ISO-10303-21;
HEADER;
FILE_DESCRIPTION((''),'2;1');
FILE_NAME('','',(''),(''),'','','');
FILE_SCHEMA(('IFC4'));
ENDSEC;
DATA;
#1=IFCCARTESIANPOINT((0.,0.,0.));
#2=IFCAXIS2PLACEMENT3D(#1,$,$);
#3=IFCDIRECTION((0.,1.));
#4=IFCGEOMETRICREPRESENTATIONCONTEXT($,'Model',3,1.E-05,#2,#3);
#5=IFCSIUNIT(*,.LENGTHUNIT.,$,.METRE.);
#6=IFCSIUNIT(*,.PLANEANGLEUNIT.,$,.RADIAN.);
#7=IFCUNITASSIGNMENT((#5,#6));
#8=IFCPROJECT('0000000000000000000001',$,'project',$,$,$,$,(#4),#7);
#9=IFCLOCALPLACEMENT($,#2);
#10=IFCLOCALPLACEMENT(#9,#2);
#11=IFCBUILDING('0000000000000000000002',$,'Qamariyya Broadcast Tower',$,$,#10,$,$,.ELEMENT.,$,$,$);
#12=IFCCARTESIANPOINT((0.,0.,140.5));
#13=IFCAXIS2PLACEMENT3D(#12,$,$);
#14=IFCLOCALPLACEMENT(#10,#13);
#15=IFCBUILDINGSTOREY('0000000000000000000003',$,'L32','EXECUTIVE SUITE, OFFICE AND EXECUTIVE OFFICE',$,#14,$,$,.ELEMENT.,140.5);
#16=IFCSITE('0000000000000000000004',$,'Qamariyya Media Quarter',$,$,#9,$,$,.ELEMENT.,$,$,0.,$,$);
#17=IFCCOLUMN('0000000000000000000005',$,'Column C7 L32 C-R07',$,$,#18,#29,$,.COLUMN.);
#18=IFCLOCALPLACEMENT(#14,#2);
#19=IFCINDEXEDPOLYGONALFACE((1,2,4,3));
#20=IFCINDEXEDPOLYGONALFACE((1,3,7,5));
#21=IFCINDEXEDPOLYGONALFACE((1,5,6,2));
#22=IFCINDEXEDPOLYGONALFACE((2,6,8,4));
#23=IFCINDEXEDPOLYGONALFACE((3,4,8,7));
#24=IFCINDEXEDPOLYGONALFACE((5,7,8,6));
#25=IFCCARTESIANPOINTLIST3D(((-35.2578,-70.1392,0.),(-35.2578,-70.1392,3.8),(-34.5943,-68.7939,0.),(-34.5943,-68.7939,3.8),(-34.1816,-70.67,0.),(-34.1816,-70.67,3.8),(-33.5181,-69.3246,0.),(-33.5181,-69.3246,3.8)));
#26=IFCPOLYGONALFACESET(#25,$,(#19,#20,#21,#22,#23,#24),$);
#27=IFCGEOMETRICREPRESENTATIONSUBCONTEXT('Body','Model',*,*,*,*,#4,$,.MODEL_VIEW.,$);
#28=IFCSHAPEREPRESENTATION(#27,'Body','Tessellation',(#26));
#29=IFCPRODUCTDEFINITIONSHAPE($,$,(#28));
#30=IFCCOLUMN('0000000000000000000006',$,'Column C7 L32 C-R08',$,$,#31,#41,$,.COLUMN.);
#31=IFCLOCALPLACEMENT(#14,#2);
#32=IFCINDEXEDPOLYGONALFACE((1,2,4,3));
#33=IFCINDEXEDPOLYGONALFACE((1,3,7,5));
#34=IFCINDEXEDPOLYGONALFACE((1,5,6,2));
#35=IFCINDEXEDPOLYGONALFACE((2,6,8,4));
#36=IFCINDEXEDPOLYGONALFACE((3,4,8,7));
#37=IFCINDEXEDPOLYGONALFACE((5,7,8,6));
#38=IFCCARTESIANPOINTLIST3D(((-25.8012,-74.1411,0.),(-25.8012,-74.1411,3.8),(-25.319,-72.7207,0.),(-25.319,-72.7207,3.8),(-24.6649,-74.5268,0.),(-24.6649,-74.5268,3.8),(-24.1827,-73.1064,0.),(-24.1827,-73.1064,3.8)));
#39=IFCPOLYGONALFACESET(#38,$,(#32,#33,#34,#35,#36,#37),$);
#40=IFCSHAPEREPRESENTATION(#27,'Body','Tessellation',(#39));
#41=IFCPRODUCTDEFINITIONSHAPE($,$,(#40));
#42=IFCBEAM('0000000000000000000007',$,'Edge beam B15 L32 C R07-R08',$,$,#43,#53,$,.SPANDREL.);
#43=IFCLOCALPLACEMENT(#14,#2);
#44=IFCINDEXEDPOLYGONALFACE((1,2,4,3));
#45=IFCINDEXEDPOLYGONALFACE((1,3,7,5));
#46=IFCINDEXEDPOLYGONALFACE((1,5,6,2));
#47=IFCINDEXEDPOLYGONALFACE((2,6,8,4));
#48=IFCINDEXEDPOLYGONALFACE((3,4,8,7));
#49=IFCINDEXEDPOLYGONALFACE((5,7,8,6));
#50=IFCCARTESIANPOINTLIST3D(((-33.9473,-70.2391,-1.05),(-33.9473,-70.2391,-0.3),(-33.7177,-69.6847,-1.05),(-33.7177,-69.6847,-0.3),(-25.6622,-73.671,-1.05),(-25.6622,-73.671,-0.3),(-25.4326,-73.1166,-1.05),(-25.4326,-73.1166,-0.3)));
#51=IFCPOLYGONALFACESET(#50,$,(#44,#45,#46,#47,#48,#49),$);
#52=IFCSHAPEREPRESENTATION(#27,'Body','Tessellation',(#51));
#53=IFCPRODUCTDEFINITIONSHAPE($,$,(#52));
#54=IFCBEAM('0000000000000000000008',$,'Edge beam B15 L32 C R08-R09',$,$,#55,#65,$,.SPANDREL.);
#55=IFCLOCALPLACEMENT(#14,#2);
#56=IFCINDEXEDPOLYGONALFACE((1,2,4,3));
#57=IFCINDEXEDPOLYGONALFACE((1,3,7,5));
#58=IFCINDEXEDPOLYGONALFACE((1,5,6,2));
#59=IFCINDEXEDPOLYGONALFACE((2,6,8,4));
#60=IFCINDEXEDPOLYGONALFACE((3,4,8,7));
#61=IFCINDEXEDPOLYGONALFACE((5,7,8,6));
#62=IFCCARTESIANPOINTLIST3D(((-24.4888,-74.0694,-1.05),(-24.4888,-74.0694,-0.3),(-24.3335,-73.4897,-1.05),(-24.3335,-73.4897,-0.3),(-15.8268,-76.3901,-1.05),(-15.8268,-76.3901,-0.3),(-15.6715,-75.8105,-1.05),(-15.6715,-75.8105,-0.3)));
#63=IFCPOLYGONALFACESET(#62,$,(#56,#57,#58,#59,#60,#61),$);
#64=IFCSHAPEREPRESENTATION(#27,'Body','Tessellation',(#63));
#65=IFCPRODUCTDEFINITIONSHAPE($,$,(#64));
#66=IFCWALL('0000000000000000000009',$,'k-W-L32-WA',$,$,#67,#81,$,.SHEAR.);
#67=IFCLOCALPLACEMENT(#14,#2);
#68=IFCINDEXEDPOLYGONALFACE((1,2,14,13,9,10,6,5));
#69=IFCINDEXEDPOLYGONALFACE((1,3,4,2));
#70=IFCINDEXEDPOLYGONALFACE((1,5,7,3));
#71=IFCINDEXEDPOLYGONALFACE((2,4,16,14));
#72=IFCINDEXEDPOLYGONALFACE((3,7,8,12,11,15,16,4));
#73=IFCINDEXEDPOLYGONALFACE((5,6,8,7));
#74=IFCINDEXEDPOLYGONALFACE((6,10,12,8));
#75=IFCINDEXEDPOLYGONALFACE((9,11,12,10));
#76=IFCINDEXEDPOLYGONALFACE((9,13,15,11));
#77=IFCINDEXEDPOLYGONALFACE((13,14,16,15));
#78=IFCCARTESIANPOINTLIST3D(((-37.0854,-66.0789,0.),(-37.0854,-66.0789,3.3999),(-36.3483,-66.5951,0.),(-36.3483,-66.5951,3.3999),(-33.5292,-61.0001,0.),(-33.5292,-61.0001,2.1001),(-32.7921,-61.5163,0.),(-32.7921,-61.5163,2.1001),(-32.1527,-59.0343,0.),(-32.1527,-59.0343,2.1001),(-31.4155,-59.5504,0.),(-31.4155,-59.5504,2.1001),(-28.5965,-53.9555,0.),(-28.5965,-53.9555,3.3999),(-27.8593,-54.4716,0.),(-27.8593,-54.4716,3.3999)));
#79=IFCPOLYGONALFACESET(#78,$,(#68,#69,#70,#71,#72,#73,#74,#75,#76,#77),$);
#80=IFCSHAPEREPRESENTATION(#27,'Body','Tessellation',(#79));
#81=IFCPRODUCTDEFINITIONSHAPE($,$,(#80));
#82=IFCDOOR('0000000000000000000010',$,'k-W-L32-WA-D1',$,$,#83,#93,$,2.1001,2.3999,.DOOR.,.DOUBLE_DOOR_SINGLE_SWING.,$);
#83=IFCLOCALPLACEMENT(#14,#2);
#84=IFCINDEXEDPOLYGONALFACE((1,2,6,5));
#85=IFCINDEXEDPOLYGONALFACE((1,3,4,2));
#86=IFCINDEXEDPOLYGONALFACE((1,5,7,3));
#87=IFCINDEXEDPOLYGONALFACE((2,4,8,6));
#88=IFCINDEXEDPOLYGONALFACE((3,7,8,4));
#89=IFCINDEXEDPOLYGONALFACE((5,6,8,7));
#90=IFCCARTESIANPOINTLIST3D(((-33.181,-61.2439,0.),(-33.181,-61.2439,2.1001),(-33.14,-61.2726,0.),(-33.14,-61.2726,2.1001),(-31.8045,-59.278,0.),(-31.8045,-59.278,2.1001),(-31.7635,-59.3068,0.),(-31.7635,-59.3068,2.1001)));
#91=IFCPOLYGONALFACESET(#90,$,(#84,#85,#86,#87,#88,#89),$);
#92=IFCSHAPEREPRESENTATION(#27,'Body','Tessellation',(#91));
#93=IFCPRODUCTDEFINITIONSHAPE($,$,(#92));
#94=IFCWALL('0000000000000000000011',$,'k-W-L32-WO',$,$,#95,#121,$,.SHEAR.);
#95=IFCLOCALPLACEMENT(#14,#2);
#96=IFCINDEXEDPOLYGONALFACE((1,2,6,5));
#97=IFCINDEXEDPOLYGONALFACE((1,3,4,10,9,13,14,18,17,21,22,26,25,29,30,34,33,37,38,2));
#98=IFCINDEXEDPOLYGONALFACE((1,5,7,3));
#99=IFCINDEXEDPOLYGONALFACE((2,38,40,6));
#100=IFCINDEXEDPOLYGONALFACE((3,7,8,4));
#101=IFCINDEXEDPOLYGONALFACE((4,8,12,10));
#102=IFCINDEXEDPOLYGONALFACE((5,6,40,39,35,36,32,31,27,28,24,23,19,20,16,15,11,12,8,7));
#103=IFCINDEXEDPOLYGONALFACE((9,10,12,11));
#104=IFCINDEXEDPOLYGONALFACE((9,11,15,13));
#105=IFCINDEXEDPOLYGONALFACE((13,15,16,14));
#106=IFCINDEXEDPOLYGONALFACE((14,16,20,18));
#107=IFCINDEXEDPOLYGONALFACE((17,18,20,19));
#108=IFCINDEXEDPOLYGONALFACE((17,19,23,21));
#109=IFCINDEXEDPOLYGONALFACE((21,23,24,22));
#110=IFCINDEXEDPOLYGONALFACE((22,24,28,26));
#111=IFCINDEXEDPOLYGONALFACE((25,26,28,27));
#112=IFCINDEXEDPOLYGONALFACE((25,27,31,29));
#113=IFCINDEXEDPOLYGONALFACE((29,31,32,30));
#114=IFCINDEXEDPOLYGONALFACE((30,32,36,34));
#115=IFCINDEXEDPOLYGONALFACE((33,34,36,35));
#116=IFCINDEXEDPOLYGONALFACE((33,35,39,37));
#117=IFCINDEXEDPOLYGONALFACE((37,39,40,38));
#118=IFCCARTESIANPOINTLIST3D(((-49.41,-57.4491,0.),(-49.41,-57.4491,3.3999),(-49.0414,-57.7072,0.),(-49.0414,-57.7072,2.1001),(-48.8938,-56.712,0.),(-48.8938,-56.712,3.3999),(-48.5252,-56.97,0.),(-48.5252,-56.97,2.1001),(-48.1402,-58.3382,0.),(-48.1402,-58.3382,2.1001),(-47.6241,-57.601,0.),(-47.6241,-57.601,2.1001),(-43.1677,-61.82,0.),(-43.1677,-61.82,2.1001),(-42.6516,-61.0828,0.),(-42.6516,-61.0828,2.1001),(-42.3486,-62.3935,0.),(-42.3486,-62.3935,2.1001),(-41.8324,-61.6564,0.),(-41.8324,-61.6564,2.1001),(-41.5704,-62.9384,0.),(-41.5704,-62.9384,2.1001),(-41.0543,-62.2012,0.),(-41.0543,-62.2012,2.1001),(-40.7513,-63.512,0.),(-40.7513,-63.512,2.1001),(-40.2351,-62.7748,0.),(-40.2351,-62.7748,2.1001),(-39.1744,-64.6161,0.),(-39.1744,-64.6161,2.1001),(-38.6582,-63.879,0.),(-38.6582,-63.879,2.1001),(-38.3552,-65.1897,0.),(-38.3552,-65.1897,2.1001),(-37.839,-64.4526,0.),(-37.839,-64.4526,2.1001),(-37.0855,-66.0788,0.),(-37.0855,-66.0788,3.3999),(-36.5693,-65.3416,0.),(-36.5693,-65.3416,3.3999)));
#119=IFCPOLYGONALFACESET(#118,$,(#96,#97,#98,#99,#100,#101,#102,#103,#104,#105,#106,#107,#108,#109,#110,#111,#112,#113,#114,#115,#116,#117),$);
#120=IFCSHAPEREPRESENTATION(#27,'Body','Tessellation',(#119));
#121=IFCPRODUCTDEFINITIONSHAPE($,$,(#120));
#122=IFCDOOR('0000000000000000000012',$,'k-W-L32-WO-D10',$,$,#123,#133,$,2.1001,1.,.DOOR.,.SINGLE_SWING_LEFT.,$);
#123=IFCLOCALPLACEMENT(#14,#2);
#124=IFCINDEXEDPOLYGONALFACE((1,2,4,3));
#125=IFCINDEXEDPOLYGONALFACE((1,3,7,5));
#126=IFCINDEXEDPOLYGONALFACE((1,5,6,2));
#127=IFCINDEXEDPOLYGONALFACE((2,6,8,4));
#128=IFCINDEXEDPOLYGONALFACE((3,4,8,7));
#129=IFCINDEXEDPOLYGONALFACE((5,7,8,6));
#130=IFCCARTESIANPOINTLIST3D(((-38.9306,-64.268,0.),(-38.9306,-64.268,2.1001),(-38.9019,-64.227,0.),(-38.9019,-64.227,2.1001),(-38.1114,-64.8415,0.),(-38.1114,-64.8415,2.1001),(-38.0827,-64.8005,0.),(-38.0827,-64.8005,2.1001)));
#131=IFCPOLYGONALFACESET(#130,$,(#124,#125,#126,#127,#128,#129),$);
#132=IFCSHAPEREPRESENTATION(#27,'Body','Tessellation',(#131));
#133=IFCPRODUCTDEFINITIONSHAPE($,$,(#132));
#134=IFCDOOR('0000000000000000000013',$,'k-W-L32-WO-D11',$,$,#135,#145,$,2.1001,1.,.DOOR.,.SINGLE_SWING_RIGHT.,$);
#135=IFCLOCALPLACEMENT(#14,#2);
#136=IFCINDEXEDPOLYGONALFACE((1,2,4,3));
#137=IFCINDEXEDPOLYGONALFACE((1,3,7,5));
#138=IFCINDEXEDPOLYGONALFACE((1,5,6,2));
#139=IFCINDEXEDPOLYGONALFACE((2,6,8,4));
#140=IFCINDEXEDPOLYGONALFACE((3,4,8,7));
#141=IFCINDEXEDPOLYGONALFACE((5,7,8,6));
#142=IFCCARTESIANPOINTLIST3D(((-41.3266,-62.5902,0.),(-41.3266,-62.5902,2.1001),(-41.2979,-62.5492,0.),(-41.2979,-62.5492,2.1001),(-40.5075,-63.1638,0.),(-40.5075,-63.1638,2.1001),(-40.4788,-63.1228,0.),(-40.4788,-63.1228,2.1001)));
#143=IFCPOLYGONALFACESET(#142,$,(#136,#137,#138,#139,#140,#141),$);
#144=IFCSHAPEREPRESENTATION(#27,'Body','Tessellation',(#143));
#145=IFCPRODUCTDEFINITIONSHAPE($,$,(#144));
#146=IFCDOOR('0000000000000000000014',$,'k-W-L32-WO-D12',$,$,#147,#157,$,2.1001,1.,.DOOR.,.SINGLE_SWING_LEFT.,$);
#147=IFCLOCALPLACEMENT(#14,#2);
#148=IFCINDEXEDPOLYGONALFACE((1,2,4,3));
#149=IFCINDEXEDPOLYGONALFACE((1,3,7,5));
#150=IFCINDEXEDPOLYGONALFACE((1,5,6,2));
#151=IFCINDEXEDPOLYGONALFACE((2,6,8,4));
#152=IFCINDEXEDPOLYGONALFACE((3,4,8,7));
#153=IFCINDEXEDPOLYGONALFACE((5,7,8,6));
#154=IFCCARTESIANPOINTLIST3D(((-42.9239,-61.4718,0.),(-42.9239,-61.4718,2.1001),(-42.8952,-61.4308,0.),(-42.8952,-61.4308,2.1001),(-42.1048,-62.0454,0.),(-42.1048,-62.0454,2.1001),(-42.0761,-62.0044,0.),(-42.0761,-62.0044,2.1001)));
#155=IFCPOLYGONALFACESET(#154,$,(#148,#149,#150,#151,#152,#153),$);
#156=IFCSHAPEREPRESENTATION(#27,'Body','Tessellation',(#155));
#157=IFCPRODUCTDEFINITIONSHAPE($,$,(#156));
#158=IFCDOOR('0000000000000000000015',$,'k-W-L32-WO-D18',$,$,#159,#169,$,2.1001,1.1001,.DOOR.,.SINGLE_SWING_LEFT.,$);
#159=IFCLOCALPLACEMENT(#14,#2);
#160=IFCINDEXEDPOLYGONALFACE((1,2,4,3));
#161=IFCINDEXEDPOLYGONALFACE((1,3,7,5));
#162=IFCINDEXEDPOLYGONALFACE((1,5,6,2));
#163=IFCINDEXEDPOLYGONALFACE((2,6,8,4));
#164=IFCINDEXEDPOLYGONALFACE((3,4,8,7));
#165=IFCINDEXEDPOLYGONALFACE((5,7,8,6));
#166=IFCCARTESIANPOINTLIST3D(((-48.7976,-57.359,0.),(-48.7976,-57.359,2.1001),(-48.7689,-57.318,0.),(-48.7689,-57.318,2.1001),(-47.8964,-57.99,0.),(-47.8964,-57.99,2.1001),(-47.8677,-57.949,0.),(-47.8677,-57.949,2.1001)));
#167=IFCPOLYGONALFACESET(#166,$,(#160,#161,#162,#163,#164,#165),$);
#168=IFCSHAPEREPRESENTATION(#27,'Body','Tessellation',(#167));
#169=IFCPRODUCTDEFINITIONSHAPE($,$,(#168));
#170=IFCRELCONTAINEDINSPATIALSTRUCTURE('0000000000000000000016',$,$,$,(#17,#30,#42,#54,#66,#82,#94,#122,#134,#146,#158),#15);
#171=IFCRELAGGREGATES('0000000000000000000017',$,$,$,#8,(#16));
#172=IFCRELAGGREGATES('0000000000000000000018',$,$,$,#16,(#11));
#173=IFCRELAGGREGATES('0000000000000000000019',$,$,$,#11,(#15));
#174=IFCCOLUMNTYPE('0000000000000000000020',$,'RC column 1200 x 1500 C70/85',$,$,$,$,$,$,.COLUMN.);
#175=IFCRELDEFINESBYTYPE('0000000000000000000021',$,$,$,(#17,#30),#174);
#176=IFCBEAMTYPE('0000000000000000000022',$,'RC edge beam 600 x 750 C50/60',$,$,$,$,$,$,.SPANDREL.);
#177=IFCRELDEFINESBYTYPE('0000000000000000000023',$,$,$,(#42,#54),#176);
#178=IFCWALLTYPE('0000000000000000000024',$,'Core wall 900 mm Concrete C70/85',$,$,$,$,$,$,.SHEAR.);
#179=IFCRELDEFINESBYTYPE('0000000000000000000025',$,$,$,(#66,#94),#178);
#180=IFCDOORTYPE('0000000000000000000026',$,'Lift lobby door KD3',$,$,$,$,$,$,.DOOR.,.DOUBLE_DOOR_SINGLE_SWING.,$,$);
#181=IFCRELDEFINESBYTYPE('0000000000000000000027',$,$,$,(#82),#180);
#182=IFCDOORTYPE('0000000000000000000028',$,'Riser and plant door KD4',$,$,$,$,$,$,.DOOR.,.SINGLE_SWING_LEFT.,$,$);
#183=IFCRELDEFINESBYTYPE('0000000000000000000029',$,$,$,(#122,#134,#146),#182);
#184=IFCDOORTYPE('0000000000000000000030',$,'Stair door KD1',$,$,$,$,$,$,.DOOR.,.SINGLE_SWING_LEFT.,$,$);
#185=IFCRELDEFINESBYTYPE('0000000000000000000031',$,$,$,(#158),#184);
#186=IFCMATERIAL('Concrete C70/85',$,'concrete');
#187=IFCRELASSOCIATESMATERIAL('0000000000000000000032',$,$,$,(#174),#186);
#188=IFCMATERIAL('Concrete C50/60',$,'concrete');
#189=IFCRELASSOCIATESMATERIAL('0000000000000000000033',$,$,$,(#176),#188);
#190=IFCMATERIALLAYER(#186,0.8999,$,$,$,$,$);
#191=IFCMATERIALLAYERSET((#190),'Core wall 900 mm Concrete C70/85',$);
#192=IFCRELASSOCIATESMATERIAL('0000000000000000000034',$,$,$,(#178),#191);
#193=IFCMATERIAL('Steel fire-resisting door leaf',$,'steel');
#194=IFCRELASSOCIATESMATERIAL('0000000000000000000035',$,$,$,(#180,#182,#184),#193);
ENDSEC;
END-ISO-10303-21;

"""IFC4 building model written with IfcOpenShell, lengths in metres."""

from ifc_helpers import new_model, si_unit, direction, frame, frame_2d, origin, origin_2d, place, context, subcontext, project, spatial, rectangle, extrude, material, layer, layer_set, material_profile, profile_set, type_object, element, fill, save


model = new_model("IFC4")

# Units and contexts
model_context = context("Model", 3, precision=1e-05, world=origin(), true_north=direction((0.0, 1.0)))
body_context = subcontext(model_context, "Body", "Model", "MODEL_VIEW")
ifc_project = project(units=[si_unit("LENGTHUNIT", "METRE"), si_unit("PLANEANGLEUNIT", "RADIAN")], contexts=[model_context])

# Site, building, storey
site_placement = place(None, origin())
site = spatial("IfcSite", under=ifc_project, at=site_placement, Name="Qamariyya Media Quarter", CompositionType="ELEMENT", RefElevation=0.0)
building_placement = place(site_placement, origin())
building = spatial("IfcBuilding", under=site, at=building_placement, Name="Qamariyya Broadcast Tower", CompositionType="ELEMENT")
storey_placement = place(building_placement, frame((0.0, 0.0, 140.5)))
storey = spatial("IfcBuildingStorey", under=building, at=storey_placement, Name="L32", Description="EXECUTIVE SUITE, OFFICE AND EXECUTIVE OFFICE", CompositionType="ELEMENT", Elevation=140.5)

# Columns
ifc_material_1 = material(Name="Concrete C70/85", Category="concrete")
ifc_material_profile_1 = material_profile(ifc_material_1, rectangle(XDim=1.2, YDim=1.5, at=origin_2d()))
ifc_profile_set_1 = profile_set([ifc_material_profile_1], Name="Concrete C70/85")
column_type = type_object("IfcColumnType", Name="RC column 1200 x 1500 C70/85", PredefinedType="COLUMN", material=ifc_profile_set_1)
for number, where, z_axis, x_axis, name in (
    (1, (-34.3879, -69.7319, 0.0), (0.0, 0.0, 1.0), (0.896873, -0.442289, 0.0), "Column C7 L32 C-R07"),
    (2, (-24.9919, -73.6238, 0.0), (0.0, 0.0, 1.0), (0.94693, -0.321439, 0.0), "Column C7 L32 C-R08"),
):
    element("IfcColumn", number, at=place(storey_placement, frame(where, z_axis=z_axis, x_axis=x_axis)), inside=storey, type_object=column_type, Name=name, PredefinedType="COLUMN", context=body_context, shape_type="SweptSolid", body=[
        extrude(rectangle(XDim=1.2, YDim=1.5, at=origin_2d()), origin(), (0.0, 0.0, 1.0), 3.8),
    ])

# Beams
ifc_material_2 = material(Name="Concrete C50/60", Category="concrete")
ifc_material_profile_2 = material_profile(ifc_material_2, rectangle(XDim=0.6001, YDim=0.75, at=origin_2d()))
ifc_profile_set_2 = profile_set([ifc_material_profile_2], Name="Concrete C50/60")
beam_type = type_object("IfcBeamType", Name="RC edge beam 600 x 750 C50/60", PredefinedType="SPANDREL", material=ifc_profile_set_2)
beam_1_placement = place(storey_placement, frame((-33.8325, -69.9619, -0.675), z_axis=(0.923877, -0.382689, 0.0), x_axis=(0.382689, 0.923877, 0.0)))
element("IfcBeam", 3, at=beam_1_placement, inside=storey, type_object=beam_type, Name="Edge beam B15 L32 C R07-R08", PredefinedType="SPANDREL", context=body_context, shape_type="SweptSolid", body=[
    extrude(rectangle(XDim=0.6001, YDim=0.75, at=origin_2d()), origin(), (0.0, 0.0, 1.0), 8.9678),
])
beam_2_placement = place(storey_placement, frame((-24.4111, -73.7795, -0.675), z_axis=(0.965932, -0.258798, 0.0), x_axis=(0.258798, 0.965932, 0.0)))
element("IfcBeam", 4, at=beam_2_placement, inside=storey, type_object=beam_type, Name="Edge beam B15 L32 C R08-R09", PredefinedType="SPANDREL", context=body_context, shape_type="SweptSolid", body=[
    extrude(rectangle(XDim=0.6001, YDim=0.75, at=origin_2d()), origin(), (0.0, 0.0, 1.0), 8.9675),
])

# Wall, opening, door
ifc_layer_1 = layer(ifc_material_1, 0.8999)
ifc_layer_set_1 = layer_set([ifc_layer_1], Name="Core wall 900 mm Concrete C70/85")
wall_type_1 = type_object("IfcWallType", Name="Core wall 900 mm Concrete C70/85", PredefinedType="SHEAR", material=ifc_layer_set_1)
wall_1_placement = place(storey_placement, frame((-36.7168, -66.3369, 0.0), z_axis=(0.0, 0.0, 1.0), x_axis=(0.573577, 0.819151, 0.0)))
wall_1 = element("IfcWall", 5, at=wall_1_placement, inside=storey, type_object=wall_type_1, Name="k-W-L32-WA", PredefinedType="SHEAR", context=body_context, shape_type="SweptSolid", body=[
    extrude(rectangle(XDim=14.8, YDim=0.8999, at=frame_2d((7.3999, 0.0))), origin(), (0.0, 0.0, 1.0), 3.3999),
])
opening_1_placement = place(wall_1_placement, frame((6.2, 0.0, 0.0)))
opening_1 = element("IfcOpeningElement", 6, at=opening_1_placement, cuts=wall_1, PredefinedType="OPENING", context=body_context, shape_type="SweptSolid", body=[
    extrude(rectangle(XDim=2.3999, YDim=2.1001, at=frame_2d((1.2, 1.05))), frame((0.0, 0.46, 0.0), z_axis=(0.0, -1.0, 0.0), x_axis=(1.0, 0.0, 0.0)), (0.0, 0.0, 1.0), 0.9199),
])
ifc_material_3 = material(Name="Steel fire-resisting door leaf", Category="steel")
door_type_1 = type_object("IfcDoorType", Name="Lift lobby door KD3", OperationType="DOUBLE_DOOR_SINGLE_SWING", PredefinedType="DOOR", material=ifc_material_3)
door_1_placement = place(opening_1_placement, origin())
door_1 = element("IfcDoor", 7, at=door_1_placement, inside=storey, type_object=door_type_1, Name="k-W-L32-WA-D1", OperationType="DOUBLE_DOOR_SINGLE_SWING", OverallHeight=2.1001, OverallWidth=2.3999, PredefinedType="DOOR", context=body_context, shape_type="SweptSolid", body=[
    extrude(rectangle(XDim=2.3999, YDim=2.1001, at=frame_2d((1.2, 1.05))), frame((0.0, 0.0249, 0.0), z_axis=(0.0, -1.0, 0.0), x_axis=(1.0, 0.0, 0.0)), (0.0, 0.0, 1.0), 0.05),
])
fill(opening_1, door_1)

# Wall, openings, doors
wall_2_placement = place(storey_placement, frame((-36.8274, -65.7102, 0.0), z_axis=(0.0, 0.0, 1.0), x_axis=(-0.819153, 0.573575, 0.0)))
wall_2 = element("IfcWall", 8, at=wall_2_placement, inside=storey, type_object=wall_type_1, Name="k-W-L32-WO", PredefinedType="SHEAR", context=body_context, shape_type="SweptSolid", body=[
    extrude(rectangle(XDim=15.0454, YDim=0.8999, at=frame_2d((7.5227, 0.0))), origin(), (0.0, 0.0, 1.0), 3.3999),
])
opening_2_placement = place(wall_2_placement, frame((1.55, 0.0, 0.0)))
opening_2 = element("IfcOpeningElement", 9, at=opening_2_placement, cuts=wall_2, PredefinedType="OPENING", context=body_context, shape_type="SweptSolid", body=[
    extrude(rectangle(XDim=1.0, YDim=2.1001, at=frame_2d((0.5, 1.05))), frame((0.0, 0.46, 0.0), z_axis=(0.0, -1.0, 0.0), x_axis=(1.0, 0.0, 0.0)), (0.0, 0.0, 1.0), 0.9199),
])
opening_3_placement = place(wall_2_placement, frame((4.4751, 0.0, 0.0)))
opening_3 = element("IfcOpeningElement", 10, at=opening_3_placement, cuts=wall_2, PredefinedType="OPENING", context=body_context, shape_type="SweptSolid", body=[
    extrude(rectangle(XDim=1.0, YDim=2.1001, at=frame_2d((0.5, 1.05))), frame((0.0, 0.46, 0.0), z_axis=(0.0, -1.0, 0.0), x_axis=(1.0, 0.0, 0.0)), (0.0, 0.0, 1.0), 0.9199),
])
opening_4_placement = place(wall_2_placement, frame((6.425, 0.0, 0.0)))
opening_4 = element("IfcOpeningElement", 11, at=opening_4_placement, cuts=wall_2, PredefinedType="OPENING", context=body_context, shape_type="SweptSolid", body=[
    extrude(rectangle(XDim=1.0, YDim=2.1001, at=frame_2d((0.5, 1.05))), frame((0.0, 0.46, 0.0), z_axis=(0.0, -1.0, 0.0), x_axis=(1.0, 0.0, 0.0)), (0.0, 0.0, 1.0), 0.9199),
])
opening_5_placement = place(wall_2_placement, frame((13.4954, 0.0, 0.0)))
opening_5 = element("IfcOpeningElement", 12, at=opening_5_placement, cuts=wall_2, PredefinedType="OPENING", context=body_context, shape_type="SweptSolid", body=[
    extrude(rectangle(XDim=1.1001, YDim=2.1001, at=frame_2d((0.55, 1.05))), frame((0.0, 0.46, 0.0), z_axis=(0.0, -1.0, 0.0), x_axis=(1.0, 0.0, 0.0)), (0.0, 0.0, 1.0), 0.9199),
])
door_type_2 = type_object("IfcDoorType", Name="Riser and plant door KD4", OperationType="SINGLE_SWING_LEFT", PredefinedType="DOOR", material=ifc_material_3)
door_2_placement = place(opening_2_placement, origin())
door_2 = element("IfcDoor", 13, at=door_2_placement, inside=storey, type_object=door_type_2, Name="k-W-L32-WO-D10", OperationType="SINGLE_SWING_LEFT", OverallHeight=2.1001, OverallWidth=1.0, PredefinedType="DOOR", context=body_context, shape_type="SweptSolid", body=[
    extrude(rectangle(XDim=1.0, YDim=2.1001, at=frame_2d((0.5, 1.05))), frame((0.0, 0.0249, 0.0), z_axis=(0.0, -1.0, 0.0), x_axis=(1.0, 0.0, 0.0)), (0.0, 0.0, 1.0), 0.05),
])
fill(opening_2, door_2)
door_3_placement = place(opening_3_placement, origin())
door_3 = element("IfcDoor", 14, at=door_3_placement, inside=storey, type_object=door_type_2, Name="k-W-L32-WO-D11", OperationType="SINGLE_SWING_RIGHT", OverallHeight=2.1001, OverallWidth=1.0, PredefinedType="DOOR", context=body_context, shape_type="SweptSolid", body=[
    extrude(rectangle(XDim=1.0, YDim=2.1001, at=frame_2d((0.5, 1.05))), frame((0.0, 0.0249, 0.0), z_axis=(0.0, -1.0, 0.0), x_axis=(1.0, 0.0, 0.0)), (0.0, 0.0, 1.0), 0.05),
])
fill(opening_3, door_3)
door_4_placement = place(opening_4_placement, origin())
door_4 = element("IfcDoor", 15, at=door_4_placement, inside=storey, type_object=door_type_2, Name="k-W-L32-WO-D12", OperationType="SINGLE_SWING_LEFT", OverallHeight=2.1001, OverallWidth=1.0, PredefinedType="DOOR", context=body_context, shape_type="SweptSolid", body=[
    extrude(rectangle(XDim=1.0, YDim=2.1001, at=frame_2d((0.5, 1.05))), frame((0.0, 0.0249, 0.0), z_axis=(0.0, -1.0, 0.0), x_axis=(1.0, 0.0, 0.0)), (0.0, 0.0, 1.0), 0.05),
])
fill(opening_4, door_4)
door_type_3 = type_object("IfcDoorType", Name="Stair door KD1", OperationType="SINGLE_SWING_LEFT", PredefinedType="DOOR", material=ifc_material_3)
door_5_placement = place(opening_5_placement, origin())
door_5 = element("IfcDoor", 16, at=door_5_placement, inside=storey, type_object=door_type_3, Name="k-W-L32-WO-D18", OperationType="SINGLE_SWING_LEFT", OverallHeight=2.1001, OverallWidth=1.1001, PredefinedType="DOOR", context=body_context, shape_type="SweptSolid", body=[
    extrude(rectangle(XDim=1.1001, YDim=2.1001, at=frame_2d((0.55, 1.05))), frame((0.0, 0.0249, 0.0), z_axis=(0.0, -1.0, 0.0), x_axis=(1.0, 0.0, 0.0)), (0.0, 0.0, 1.0), 0.05),
])
fill(opening_5, door_5)

save(model, "model.ifc")
